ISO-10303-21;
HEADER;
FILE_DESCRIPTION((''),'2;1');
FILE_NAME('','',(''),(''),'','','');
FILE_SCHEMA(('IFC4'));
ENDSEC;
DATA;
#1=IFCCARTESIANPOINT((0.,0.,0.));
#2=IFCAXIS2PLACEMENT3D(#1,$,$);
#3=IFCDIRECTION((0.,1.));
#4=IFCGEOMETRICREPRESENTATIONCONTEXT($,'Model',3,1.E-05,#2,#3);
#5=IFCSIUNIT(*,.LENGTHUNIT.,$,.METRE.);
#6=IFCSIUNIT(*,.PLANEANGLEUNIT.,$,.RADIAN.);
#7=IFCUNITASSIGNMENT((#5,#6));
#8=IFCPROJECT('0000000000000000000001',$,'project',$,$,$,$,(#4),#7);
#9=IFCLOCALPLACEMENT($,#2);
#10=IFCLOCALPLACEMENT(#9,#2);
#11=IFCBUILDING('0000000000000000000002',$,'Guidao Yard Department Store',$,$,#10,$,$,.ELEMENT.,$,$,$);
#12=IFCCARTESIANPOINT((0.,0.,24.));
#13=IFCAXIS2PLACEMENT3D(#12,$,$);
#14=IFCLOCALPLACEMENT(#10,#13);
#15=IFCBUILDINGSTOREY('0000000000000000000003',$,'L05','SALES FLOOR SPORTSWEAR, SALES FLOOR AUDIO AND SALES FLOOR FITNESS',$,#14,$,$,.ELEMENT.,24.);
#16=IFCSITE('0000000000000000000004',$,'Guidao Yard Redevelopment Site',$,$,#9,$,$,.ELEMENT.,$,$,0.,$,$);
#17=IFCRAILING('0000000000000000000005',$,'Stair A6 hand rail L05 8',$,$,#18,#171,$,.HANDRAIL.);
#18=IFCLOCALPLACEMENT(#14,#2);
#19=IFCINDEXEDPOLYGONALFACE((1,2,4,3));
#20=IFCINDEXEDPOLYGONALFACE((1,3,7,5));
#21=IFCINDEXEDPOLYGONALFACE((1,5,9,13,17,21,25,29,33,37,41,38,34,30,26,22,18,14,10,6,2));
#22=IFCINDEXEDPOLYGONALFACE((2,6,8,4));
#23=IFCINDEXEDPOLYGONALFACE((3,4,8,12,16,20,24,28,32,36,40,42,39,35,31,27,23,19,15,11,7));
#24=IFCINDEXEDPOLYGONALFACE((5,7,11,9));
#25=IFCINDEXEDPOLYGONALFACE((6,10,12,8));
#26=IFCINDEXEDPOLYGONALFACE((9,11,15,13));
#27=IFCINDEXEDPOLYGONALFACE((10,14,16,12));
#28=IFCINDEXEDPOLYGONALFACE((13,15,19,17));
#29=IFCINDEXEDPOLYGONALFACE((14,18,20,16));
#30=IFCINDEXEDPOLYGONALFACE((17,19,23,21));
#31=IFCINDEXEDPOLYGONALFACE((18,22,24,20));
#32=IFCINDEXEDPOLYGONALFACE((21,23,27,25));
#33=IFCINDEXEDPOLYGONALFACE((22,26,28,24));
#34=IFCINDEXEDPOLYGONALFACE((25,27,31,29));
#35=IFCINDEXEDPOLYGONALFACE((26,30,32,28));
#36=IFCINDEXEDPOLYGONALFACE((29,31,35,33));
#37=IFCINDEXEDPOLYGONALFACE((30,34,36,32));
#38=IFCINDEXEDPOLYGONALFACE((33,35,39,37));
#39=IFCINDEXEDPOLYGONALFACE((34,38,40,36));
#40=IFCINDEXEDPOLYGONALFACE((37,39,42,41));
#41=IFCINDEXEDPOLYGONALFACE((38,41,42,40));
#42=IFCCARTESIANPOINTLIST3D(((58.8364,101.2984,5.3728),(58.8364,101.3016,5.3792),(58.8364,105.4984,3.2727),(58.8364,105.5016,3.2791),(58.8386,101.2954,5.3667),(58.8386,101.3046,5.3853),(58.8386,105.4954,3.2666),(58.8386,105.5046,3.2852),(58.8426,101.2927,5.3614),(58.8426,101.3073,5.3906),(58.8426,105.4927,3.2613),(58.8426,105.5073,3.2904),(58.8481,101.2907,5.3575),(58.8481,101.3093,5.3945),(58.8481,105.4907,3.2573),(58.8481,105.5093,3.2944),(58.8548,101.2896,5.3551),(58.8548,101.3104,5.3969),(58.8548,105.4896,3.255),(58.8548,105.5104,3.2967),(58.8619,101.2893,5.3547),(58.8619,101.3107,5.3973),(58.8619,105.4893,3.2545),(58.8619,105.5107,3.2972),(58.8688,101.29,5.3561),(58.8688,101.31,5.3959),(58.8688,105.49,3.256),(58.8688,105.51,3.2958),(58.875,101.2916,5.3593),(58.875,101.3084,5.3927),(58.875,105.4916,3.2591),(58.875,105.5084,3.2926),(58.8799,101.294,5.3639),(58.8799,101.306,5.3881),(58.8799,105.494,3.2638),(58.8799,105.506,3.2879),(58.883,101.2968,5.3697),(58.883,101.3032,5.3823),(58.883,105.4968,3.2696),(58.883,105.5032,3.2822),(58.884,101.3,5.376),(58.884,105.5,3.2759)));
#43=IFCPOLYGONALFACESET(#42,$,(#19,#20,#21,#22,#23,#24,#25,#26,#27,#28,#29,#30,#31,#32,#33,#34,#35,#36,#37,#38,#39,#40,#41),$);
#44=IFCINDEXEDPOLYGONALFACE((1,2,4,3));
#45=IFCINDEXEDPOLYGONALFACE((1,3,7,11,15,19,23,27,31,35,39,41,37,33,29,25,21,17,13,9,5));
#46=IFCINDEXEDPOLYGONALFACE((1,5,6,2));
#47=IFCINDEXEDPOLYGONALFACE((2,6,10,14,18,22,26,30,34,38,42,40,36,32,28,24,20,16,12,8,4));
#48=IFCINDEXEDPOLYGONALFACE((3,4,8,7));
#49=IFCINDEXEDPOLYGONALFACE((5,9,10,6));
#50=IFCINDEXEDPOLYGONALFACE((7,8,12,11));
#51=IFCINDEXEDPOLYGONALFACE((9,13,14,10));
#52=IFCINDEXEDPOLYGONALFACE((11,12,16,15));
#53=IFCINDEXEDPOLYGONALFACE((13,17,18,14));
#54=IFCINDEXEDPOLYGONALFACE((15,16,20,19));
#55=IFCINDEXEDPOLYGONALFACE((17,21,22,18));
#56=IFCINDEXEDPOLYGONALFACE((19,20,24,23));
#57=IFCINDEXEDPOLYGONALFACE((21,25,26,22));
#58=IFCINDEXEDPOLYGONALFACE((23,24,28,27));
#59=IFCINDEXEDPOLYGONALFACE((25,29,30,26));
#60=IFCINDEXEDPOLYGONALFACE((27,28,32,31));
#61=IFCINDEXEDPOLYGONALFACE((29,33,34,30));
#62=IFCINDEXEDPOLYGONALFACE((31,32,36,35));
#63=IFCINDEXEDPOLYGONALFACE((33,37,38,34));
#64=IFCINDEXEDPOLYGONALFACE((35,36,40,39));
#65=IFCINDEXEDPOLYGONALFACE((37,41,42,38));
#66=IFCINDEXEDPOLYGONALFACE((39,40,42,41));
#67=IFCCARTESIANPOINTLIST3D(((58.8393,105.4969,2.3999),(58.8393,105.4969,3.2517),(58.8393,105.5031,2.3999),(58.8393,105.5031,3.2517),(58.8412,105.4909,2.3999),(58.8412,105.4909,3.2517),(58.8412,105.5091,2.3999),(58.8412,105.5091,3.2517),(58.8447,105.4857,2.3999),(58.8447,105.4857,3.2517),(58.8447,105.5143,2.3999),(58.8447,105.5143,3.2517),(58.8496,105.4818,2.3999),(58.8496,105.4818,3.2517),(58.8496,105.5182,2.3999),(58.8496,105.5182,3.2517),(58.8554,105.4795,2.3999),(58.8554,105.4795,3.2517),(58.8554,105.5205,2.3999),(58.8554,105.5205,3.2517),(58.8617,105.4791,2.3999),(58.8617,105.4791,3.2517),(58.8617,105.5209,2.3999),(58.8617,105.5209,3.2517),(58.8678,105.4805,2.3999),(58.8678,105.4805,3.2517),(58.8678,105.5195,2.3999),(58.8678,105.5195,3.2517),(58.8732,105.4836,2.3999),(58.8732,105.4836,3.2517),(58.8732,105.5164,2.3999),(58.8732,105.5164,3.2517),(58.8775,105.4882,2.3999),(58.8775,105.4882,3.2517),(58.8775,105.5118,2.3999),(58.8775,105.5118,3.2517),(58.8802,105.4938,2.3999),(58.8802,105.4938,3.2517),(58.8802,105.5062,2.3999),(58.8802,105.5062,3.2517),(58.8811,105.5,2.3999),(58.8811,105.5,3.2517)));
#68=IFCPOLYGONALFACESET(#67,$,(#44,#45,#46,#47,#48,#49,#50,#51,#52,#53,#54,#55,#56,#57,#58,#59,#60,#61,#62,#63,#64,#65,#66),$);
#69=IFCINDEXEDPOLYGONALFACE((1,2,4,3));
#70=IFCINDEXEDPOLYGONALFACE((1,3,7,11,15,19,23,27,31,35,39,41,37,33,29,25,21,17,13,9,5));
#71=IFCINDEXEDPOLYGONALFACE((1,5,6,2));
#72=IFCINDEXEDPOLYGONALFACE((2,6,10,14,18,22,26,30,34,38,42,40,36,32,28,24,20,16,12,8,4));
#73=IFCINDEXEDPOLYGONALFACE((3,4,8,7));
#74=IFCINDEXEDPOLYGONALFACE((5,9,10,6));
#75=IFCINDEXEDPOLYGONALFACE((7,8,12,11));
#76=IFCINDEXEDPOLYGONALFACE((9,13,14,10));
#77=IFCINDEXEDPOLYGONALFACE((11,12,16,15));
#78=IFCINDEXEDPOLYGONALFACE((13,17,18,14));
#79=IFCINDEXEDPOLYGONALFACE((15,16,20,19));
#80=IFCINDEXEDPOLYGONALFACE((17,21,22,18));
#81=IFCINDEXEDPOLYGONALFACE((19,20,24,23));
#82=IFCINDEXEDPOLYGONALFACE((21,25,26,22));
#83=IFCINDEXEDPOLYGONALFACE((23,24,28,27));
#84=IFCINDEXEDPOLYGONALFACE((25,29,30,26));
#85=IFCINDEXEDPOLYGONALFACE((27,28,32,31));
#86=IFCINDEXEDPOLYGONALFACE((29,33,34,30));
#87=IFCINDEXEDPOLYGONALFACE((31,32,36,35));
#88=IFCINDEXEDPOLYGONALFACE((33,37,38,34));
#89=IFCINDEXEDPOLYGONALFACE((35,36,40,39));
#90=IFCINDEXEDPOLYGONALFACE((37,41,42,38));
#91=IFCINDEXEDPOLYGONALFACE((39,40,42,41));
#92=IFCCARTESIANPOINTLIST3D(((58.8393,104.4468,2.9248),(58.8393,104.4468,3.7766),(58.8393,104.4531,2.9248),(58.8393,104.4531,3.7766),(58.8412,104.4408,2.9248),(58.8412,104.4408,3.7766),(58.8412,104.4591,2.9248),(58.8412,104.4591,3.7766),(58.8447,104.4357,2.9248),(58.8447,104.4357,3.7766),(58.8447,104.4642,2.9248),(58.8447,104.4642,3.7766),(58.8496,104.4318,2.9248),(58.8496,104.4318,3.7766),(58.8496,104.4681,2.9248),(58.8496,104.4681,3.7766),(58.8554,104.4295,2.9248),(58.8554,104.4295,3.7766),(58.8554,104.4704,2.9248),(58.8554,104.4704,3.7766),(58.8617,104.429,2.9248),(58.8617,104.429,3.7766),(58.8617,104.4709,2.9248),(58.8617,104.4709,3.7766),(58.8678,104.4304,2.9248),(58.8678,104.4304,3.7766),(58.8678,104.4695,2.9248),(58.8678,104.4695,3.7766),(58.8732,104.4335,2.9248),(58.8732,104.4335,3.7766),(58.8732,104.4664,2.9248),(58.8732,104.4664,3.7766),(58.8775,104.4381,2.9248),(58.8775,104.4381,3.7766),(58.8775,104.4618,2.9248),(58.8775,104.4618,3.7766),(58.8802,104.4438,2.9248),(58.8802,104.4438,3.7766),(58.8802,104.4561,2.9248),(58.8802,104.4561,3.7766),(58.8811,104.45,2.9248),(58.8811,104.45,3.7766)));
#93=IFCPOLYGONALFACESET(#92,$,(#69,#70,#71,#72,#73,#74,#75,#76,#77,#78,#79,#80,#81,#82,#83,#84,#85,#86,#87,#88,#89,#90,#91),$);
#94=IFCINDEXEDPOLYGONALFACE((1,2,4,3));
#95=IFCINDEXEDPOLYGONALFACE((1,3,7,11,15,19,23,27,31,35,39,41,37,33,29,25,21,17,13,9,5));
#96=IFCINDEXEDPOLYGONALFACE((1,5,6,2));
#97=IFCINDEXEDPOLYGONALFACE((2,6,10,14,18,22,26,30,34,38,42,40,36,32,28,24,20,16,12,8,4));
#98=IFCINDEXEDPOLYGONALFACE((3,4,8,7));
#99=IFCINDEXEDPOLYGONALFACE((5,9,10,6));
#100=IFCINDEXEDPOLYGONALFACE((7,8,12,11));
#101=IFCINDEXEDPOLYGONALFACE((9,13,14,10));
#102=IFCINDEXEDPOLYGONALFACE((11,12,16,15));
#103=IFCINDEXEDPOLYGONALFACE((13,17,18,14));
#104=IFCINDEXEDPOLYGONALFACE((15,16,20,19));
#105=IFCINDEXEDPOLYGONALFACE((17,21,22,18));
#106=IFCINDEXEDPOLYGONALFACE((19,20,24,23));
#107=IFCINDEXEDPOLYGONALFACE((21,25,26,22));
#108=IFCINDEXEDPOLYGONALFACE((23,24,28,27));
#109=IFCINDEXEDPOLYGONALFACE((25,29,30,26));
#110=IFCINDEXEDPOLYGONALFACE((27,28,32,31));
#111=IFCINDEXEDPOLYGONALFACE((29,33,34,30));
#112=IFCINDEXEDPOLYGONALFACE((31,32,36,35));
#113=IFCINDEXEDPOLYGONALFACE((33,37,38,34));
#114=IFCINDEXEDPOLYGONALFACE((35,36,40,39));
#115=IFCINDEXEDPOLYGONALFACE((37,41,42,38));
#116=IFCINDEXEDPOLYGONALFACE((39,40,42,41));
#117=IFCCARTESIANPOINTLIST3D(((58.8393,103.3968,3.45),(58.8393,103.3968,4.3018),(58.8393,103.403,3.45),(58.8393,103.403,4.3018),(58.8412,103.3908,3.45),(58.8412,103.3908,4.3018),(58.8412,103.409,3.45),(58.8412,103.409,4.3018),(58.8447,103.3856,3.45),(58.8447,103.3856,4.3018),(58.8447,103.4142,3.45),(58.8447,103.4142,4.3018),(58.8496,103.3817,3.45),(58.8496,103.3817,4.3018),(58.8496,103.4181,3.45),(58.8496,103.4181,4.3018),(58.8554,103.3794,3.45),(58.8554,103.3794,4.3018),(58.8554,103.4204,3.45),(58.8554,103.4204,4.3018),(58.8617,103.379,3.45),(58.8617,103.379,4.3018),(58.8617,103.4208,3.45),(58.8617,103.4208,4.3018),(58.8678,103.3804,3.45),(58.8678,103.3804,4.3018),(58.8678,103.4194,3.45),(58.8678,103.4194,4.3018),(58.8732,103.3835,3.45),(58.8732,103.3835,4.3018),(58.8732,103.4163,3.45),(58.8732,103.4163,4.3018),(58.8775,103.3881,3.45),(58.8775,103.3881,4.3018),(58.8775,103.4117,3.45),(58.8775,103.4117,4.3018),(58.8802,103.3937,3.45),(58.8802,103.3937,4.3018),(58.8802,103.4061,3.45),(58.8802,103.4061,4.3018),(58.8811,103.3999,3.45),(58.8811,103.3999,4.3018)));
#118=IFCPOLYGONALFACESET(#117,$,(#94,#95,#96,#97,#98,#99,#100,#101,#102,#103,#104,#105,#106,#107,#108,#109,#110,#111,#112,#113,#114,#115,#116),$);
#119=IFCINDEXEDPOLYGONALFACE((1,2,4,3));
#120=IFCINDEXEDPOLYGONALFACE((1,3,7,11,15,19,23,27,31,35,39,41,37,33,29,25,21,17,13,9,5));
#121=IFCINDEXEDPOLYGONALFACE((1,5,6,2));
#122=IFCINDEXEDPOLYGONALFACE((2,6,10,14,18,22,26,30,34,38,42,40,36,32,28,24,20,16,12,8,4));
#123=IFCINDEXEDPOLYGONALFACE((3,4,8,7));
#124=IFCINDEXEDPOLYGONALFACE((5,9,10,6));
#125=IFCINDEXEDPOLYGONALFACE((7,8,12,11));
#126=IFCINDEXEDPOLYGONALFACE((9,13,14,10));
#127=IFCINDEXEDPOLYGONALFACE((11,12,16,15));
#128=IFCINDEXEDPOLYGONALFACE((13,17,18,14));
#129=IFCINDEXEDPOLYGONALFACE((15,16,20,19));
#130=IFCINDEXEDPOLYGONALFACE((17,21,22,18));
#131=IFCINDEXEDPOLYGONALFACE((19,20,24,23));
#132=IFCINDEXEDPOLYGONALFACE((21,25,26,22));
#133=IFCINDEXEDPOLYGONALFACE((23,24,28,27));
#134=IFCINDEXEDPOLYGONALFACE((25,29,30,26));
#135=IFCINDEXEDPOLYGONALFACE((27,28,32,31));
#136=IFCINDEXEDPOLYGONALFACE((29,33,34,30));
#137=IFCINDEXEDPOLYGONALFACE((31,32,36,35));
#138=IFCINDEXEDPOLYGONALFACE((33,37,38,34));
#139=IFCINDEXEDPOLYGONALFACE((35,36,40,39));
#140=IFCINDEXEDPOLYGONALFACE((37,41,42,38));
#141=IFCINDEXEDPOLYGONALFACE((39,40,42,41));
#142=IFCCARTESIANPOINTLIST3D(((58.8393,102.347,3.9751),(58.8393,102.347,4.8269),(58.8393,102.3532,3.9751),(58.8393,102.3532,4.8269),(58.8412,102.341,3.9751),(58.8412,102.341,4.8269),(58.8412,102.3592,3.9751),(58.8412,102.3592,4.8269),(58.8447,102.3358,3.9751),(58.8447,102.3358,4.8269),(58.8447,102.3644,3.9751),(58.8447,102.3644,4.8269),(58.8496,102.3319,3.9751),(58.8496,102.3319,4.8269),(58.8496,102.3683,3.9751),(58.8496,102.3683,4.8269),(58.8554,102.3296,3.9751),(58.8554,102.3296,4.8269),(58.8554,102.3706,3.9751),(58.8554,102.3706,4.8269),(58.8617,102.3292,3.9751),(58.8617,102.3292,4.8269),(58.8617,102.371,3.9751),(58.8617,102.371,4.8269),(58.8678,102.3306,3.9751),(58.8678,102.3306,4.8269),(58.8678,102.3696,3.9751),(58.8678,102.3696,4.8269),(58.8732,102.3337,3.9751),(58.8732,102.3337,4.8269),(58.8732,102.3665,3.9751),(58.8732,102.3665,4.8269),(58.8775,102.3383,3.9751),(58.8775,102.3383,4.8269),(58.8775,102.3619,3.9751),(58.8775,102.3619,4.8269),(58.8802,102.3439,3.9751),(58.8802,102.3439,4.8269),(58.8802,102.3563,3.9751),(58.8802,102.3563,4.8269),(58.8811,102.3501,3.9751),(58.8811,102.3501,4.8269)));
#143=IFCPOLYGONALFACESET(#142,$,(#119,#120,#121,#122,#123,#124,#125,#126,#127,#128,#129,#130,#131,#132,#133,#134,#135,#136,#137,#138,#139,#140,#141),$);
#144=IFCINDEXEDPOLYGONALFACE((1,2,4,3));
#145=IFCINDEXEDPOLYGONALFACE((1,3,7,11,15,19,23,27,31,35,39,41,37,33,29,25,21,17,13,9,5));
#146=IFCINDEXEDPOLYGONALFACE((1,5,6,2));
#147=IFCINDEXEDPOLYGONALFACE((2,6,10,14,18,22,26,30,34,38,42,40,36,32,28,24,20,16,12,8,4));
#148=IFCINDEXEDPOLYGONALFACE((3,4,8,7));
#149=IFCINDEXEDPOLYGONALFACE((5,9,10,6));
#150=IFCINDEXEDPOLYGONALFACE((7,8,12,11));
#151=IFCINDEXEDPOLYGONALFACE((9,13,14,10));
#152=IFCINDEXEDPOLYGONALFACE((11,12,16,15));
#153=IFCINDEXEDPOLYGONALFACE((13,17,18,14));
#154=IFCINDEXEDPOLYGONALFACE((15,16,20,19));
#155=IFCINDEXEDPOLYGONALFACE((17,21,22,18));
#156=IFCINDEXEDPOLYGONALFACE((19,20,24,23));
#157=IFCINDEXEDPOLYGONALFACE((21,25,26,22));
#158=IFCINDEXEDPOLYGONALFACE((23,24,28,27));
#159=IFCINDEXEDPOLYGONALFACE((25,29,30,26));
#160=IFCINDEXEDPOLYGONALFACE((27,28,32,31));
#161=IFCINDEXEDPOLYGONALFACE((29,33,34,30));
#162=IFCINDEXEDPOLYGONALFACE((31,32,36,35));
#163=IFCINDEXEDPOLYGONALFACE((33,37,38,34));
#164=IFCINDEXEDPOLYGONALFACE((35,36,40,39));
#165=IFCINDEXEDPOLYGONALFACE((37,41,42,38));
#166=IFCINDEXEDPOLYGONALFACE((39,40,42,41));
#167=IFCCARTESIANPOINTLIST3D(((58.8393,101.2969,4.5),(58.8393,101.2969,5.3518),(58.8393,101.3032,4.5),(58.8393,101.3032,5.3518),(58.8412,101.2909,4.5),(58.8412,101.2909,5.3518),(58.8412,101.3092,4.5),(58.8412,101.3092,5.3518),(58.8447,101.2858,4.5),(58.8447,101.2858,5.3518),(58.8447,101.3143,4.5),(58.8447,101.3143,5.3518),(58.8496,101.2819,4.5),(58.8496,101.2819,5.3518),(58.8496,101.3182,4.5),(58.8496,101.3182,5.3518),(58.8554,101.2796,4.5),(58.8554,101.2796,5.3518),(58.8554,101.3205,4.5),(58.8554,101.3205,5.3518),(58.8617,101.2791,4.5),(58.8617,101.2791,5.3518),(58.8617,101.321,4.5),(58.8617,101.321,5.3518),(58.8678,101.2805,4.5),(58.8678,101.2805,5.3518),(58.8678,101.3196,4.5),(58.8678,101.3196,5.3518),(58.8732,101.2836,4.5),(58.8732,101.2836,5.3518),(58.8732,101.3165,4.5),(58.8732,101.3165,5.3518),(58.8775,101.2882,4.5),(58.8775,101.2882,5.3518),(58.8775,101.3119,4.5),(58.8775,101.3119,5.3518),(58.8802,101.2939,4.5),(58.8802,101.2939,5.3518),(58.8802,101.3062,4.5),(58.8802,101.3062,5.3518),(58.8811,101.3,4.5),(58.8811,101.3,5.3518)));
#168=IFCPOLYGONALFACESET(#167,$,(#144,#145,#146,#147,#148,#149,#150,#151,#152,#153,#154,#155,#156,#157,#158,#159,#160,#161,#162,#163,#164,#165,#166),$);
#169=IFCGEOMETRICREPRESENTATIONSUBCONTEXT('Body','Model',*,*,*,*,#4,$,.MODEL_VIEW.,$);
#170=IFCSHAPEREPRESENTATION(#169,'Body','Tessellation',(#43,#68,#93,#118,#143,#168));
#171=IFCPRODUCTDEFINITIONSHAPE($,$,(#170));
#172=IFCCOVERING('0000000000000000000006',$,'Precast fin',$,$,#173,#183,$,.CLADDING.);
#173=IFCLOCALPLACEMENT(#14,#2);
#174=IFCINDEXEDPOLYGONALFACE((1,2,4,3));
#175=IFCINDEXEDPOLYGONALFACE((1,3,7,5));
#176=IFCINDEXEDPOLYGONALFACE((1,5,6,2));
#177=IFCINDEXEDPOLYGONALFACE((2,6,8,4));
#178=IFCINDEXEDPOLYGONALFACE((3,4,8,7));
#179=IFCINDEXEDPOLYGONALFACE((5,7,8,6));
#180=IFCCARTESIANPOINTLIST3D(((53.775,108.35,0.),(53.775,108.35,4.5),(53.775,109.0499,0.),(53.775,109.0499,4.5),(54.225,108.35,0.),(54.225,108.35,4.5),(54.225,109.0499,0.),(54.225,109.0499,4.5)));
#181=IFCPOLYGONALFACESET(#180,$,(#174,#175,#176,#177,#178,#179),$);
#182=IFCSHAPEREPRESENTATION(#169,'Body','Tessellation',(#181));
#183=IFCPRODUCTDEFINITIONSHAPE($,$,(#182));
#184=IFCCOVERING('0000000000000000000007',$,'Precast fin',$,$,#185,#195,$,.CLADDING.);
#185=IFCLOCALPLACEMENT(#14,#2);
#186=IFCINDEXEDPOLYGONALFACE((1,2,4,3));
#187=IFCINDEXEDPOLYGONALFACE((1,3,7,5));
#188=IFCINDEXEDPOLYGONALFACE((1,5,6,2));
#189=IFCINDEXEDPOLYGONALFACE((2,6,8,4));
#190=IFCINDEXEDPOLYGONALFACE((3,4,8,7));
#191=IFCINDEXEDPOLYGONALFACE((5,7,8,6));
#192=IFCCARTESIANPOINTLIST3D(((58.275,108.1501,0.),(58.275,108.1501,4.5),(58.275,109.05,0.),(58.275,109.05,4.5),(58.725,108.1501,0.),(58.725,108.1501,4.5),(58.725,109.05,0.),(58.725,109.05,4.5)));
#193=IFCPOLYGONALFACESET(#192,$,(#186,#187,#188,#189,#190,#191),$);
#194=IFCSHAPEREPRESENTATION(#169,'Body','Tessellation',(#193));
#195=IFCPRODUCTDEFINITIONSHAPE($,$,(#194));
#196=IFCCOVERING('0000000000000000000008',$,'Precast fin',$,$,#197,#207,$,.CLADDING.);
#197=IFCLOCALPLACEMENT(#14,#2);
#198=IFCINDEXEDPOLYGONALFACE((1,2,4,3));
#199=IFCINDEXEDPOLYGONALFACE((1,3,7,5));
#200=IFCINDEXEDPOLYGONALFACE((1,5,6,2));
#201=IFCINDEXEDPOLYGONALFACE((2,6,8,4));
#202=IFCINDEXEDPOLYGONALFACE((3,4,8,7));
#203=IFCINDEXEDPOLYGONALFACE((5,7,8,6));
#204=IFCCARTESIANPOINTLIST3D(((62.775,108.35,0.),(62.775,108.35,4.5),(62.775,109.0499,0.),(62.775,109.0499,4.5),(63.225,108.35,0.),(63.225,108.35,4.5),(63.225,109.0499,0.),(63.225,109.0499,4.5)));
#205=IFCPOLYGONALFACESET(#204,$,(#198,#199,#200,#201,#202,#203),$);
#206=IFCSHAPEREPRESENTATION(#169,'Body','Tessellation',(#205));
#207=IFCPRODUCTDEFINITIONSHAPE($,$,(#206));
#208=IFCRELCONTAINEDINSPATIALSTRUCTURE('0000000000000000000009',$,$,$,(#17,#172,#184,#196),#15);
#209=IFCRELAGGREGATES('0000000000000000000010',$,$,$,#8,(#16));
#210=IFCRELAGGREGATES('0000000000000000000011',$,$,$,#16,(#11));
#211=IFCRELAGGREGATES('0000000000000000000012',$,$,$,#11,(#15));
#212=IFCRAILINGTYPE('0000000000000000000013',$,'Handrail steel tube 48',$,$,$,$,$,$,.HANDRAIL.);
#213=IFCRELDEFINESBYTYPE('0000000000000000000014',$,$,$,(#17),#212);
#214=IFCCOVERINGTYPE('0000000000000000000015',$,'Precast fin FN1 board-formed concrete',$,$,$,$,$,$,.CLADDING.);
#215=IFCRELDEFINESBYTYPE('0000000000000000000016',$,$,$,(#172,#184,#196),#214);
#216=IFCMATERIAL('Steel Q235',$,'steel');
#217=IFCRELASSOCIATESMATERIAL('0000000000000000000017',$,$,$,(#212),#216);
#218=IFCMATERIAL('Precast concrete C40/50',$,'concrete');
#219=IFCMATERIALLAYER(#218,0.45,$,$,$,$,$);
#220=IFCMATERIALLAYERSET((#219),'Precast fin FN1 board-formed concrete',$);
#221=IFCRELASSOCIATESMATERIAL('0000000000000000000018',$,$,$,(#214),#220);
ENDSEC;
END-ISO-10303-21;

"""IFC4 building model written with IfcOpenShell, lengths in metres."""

from ifc_helpers import new_model, si_unit, direction, frame, origin, origin_2d, place, context, subcontext, project, spatial, rectangle, circle, extrude, material, layer, layer_set, type_object, element, save


model = new_model("IFC4")

# Units and contexts
model_context = context("Model", 3, precision=1e-05, world=origin(), true_north=direction((0.0, 1.0)))
body_context = subcontext(model_context, "Body", "Model", "MODEL_VIEW")
ifc_project = project(units=[si_unit("LENGTHUNIT", "METRE"), si_unit("PLANEANGLEUNIT", "RADIAN")], contexts=[model_context])

# Site, building, storey
site_placement = place(None, origin())
site = spatial("IfcSite", under=ifc_project, at=site_placement, Name="Guidao Yard Redevelopment Site", CompositionType="ELEMENT", RefElevation=0.0)
building_placement = place(site_placement, origin())
building = spatial("IfcBuilding", under=site, at=building_placement, Name="Guidao Yard Department Store", CompositionType="ELEMENT")
storey_placement = place(building_placement, frame((0.0, 0.0, 24.0)))
storey = spatial("IfcBuildingStorey", under=building, at=storey_placement, Name="L05", Description="SALES FLOOR SPORTSWEAR, SALES FLOOR AUDIO AND SALES FLOOR FITNESS", CompositionType="ELEMENT", Elevation=24.0)

# Railing
ifc_material_1 = material(Name="Steel Q235", Category="steel")
railing_type_1 = type_object("IfcRailingType", Name="Handrail steel tube 48", PredefinedType="HANDRAIL", material=ifc_material_1)
for number, where, name in (
    (1, (58.8601, 105.5, 2.3999), "Stair A6 hand rail L05 8"),
):
    element("IfcRailing", number, at=place(storey_placement, frame(where)), inside=storey, type_object=railing_type_1, Name=name, PredefinedType="HANDRAIL", context=body_context, shape_type="SweptSolid", body=[
        extrude(circle(Radius=0.0239, at=origin_2d()), frame((0.0, 0.0, 0.876), z_axis=(0.0, -0.894417, 0.447234), x_axis=(1.0, 0.0, 0.0)), (0.0, 0.0, 1.0), 4.6958),
        extrude(circle(Radius=0.021, at=origin_2d()), origin(), (0.0, 0.0, 1.0), 0.8518),
        extrude(circle(Radius=0.021, at=origin_2d()), frame((0.0, -1.05, 0.5249)), (0.0, 0.0, 1.0), 0.8518),
        extrude(circle(Radius=0.021, at=origin_2d()), frame((0.0, -2.1001, 1.05)), (0.0, 0.0, 1.0), 0.8518),
        extrude(circle(Radius=0.021, at=origin_2d()), frame((0.0, -3.1499, 1.5752)), (0.0, 0.0, 1.0), 0.8518),
        extrude(circle(Radius=0.021, at=origin_2d()), frame((0.0, -4.2, 2.1001)), (0.0, 0.0, 1.0), 0.8518),
    ])

# Coverings
ifc_material_2 = material(Name="Precast concrete C40/50", Category="concrete")
ifc_layer_1 = layer(ifc_material_2, 0.45)
ifc_layer_set_1 = layer_set([ifc_layer_1], Name="Precast fin FN1 board-formed concrete")
covering_type = type_object("IfcCoveringType", Name="Precast fin FN1 board-formed concrete", PredefinedType="CLADDING", material=ifc_layer_set_1)
covering_1_placement = place(storey_placement, frame((54.0, 108.7, 0.0), z_axis=(0.0, 0.0, 1.0), x_axis=(1.0, 0.0, 0.0)))
element("IfcCovering", 2, at=covering_1_placement, inside=storey, type_object=covering_type, Name="Precast fin", PredefinedType="CLADDING", context=body_context, shape_type="SweptSolid", body=[
    extrude(rectangle(XDim=0.45, YDim=0.7, at=origin_2d()), origin(), (0.0, 0.0, 1.0), 4.5),
])
covering_2_placement = place(storey_placement, frame((58.5, 108.6001, 0.0), z_axis=(0.0, 0.0, 1.0), x_axis=(1.0, 0.0, 0.0)))
element("IfcCovering", 3, at=covering_2_placement, inside=storey, type_object=covering_type, Name="Precast fin", PredefinedType="CLADDING", context=body_context, shape_type="SweptSolid", body=[
    extrude(rectangle(XDim=0.45, YDim=0.8999, at=origin_2d()), origin(), (0.0, 0.0, 1.0), 4.5),
])
for number, where, z_axis, x_axis, name in (
    (4, (63.0, 108.7, 0.0), (0.0, 0.0, 1.0), (1.0, 0.0, 0.0), "Precast fin"),
):
    element("IfcCovering", number, at=place(storey_placement, frame(where, z_axis=z_axis, x_axis=x_axis)), inside=storey, type_object=covering_type, Name=name, PredefinedType="CLADDING", context=body_context, shape_type="SweptSolid", body=[
        extrude(rectangle(XDim=0.45, YDim=0.7, at=origin_2d()), origin(), (0.0, 0.0, 1.0), 4.5),
    ])

save(model, "model.ifc")
